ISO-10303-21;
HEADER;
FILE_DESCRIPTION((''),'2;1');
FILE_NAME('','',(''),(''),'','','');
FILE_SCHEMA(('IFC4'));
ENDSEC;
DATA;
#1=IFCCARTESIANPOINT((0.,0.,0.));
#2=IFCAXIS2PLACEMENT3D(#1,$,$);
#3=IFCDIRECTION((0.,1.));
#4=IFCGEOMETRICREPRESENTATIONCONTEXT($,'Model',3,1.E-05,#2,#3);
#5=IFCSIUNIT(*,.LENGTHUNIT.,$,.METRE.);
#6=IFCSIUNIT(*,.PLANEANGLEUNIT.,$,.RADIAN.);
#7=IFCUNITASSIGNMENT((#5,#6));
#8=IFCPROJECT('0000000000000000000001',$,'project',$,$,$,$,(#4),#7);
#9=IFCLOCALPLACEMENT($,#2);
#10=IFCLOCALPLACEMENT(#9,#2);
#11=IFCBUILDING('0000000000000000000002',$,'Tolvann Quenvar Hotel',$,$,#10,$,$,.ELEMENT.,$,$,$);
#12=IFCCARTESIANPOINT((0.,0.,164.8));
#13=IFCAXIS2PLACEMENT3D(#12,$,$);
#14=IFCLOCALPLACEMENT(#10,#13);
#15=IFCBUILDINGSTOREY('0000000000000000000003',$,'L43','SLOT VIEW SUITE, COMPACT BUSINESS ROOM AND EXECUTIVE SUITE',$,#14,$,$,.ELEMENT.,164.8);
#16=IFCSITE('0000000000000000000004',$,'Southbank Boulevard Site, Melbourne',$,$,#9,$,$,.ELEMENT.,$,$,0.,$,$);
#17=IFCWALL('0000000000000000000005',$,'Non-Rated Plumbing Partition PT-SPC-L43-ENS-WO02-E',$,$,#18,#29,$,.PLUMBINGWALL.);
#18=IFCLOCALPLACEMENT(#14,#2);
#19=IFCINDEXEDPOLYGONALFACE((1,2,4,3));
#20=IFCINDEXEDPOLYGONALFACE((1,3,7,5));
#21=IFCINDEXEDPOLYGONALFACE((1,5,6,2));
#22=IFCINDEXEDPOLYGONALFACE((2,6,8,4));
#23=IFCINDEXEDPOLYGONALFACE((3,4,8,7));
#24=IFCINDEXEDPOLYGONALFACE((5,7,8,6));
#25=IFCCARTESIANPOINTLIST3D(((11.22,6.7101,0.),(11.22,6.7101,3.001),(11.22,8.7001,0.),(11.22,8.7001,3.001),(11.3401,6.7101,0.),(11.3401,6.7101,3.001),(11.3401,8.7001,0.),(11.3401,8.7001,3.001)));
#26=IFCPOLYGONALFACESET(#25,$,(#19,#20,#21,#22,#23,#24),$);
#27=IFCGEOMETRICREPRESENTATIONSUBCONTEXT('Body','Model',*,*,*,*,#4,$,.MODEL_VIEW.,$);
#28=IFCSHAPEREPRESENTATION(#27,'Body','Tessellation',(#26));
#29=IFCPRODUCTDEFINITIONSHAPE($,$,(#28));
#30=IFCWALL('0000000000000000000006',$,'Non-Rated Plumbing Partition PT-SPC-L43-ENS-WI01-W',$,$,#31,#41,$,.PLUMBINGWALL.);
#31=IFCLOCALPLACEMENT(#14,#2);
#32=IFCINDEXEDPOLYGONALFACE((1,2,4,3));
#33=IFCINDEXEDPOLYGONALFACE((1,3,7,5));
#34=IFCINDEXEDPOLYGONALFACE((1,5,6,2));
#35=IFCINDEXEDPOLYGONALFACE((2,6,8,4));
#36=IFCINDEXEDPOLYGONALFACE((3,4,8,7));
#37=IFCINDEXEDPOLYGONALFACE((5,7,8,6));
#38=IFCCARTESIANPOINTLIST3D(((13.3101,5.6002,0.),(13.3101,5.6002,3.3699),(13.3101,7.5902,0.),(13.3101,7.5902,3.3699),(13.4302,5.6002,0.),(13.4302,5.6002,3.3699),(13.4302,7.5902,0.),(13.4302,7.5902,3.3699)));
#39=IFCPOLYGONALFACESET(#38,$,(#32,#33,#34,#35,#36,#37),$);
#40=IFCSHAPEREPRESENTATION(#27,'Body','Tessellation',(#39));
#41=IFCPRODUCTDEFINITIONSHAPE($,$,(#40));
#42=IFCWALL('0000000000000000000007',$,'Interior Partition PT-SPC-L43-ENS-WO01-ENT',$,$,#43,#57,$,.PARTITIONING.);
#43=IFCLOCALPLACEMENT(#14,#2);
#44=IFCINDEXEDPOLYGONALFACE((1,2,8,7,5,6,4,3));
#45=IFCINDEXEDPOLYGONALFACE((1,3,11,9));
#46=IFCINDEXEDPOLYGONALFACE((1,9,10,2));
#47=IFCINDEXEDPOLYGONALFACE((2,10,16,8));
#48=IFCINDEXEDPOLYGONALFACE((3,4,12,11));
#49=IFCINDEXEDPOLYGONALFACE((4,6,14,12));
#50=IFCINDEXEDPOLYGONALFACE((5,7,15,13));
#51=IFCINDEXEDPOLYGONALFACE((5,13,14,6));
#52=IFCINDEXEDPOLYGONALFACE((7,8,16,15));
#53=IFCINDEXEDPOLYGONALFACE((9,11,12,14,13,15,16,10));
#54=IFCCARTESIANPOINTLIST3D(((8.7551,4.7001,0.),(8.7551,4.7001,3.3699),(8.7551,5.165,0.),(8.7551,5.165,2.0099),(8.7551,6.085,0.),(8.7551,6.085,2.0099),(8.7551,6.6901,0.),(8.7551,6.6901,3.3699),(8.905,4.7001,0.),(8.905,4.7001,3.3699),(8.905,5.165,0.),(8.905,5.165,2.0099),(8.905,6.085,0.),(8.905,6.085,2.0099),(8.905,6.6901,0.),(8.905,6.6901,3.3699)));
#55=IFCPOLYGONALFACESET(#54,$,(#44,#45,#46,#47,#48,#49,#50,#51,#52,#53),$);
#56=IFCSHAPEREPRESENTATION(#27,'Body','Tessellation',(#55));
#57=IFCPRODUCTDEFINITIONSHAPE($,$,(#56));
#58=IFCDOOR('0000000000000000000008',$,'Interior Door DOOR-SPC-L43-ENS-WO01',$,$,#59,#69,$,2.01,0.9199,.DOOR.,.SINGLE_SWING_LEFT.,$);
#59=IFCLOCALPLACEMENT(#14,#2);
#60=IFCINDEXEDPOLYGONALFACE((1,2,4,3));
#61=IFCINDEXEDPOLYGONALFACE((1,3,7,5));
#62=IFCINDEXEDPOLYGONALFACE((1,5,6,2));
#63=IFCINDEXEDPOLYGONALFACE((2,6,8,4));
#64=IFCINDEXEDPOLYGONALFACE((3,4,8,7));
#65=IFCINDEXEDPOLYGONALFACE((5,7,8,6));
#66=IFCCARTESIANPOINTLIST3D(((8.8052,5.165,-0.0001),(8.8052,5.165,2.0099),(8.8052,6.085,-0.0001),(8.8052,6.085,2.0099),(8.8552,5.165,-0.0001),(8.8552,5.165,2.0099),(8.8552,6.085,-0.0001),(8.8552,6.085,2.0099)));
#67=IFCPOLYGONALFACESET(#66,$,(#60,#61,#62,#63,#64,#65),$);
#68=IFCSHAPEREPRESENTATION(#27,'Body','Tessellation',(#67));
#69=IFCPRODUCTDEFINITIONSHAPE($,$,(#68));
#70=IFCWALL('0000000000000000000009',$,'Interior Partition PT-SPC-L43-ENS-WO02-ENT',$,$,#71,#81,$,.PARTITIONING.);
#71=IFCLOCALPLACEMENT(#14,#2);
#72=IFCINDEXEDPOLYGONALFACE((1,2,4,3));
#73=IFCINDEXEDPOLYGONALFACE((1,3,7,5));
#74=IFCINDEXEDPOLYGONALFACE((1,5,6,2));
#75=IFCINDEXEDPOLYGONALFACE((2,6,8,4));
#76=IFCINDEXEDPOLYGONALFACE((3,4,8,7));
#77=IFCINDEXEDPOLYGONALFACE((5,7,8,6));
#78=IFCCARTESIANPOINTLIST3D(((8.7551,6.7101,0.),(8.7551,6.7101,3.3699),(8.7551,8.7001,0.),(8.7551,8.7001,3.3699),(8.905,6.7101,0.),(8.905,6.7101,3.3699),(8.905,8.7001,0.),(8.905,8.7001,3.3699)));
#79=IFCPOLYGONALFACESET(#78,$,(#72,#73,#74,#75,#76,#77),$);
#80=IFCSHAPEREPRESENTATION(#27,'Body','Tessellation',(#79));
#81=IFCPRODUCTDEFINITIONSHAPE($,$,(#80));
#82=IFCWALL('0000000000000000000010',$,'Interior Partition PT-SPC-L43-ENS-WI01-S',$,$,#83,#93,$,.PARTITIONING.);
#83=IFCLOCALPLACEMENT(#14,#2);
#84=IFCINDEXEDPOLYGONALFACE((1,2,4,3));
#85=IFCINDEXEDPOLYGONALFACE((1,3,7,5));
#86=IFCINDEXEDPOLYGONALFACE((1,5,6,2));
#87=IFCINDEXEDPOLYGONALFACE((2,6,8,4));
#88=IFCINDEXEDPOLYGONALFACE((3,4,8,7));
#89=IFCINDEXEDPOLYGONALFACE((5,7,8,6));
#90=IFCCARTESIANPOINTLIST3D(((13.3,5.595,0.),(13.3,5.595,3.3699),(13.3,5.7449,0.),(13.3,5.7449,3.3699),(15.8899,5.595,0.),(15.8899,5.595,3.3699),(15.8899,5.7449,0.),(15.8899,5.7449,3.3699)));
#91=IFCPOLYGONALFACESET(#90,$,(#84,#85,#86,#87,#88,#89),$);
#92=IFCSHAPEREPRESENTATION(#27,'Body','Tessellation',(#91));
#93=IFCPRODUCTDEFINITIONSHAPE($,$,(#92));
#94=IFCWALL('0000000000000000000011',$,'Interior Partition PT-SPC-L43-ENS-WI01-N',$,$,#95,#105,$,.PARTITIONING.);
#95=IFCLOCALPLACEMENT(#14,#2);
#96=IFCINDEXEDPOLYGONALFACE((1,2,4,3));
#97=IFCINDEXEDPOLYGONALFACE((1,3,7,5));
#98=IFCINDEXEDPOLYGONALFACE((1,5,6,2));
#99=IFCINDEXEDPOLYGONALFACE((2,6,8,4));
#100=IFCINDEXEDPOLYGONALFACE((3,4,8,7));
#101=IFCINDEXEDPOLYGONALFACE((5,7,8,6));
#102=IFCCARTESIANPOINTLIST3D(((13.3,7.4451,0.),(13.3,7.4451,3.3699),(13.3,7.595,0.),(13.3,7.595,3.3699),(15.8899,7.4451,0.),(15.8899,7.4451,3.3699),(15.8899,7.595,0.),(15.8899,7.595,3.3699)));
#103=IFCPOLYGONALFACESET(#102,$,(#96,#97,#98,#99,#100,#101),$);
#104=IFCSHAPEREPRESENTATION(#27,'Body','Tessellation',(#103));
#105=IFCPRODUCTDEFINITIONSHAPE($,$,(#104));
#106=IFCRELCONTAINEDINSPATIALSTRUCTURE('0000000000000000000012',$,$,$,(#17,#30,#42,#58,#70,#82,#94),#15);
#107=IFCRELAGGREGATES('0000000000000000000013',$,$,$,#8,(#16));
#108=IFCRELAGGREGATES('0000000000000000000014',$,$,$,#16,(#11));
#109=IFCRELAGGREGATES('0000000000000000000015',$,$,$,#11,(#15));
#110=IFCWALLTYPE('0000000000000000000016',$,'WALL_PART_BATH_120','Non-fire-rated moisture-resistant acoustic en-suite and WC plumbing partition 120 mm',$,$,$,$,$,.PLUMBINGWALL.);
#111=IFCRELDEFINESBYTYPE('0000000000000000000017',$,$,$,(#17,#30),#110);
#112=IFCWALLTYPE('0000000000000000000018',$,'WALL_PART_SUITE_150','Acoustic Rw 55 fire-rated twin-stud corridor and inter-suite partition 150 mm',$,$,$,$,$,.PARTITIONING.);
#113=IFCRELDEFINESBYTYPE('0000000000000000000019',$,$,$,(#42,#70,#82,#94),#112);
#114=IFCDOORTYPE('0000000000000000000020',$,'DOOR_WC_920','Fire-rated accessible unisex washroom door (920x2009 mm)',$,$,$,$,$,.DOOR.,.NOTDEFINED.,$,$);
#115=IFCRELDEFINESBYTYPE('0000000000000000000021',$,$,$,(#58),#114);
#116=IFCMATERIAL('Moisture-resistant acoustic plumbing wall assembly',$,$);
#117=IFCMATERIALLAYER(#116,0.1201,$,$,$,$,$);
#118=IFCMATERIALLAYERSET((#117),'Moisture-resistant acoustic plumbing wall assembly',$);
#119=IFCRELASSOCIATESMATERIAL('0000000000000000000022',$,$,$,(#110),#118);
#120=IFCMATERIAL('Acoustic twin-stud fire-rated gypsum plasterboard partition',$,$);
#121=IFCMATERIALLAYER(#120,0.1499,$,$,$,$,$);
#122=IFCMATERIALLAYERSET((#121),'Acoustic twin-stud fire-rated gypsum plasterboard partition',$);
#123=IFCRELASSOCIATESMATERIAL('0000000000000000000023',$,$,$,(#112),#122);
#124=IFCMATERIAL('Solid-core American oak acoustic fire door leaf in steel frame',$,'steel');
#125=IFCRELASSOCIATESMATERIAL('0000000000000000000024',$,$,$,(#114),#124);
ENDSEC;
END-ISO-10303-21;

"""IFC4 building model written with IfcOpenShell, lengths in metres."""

from ifc_helpers import new_model, si_unit, direction, frame, frame_2d, origin, place, context, subcontext, project, spatial, rectangle, extrude, source, transform, mapped, material, layer, layer_set, type_object, type_shapes, element, fill, save


model = new_model("IFC4")

# Units and contexts
model_context = context("Model", 3, precision=1e-05, world=origin(), true_north=direction((0.0, 1.0)))
body_context = subcontext(model_context, "Body", "Model", "MODEL_VIEW")
ifc_project = project(units=[si_unit("LENGTHUNIT", "METRE"), si_unit("PLANEANGLEUNIT", "RADIAN")], contexts=[model_context])

# Site, building, storey
site_placement = place(None, origin())
site = spatial("IfcSite", under=ifc_project, at=site_placement, Name="Southbank Boulevard Site, Melbourne", CompositionType="ELEMENT", RefElevation=0.0)
building_placement = place(site_placement, origin())
building = spatial("IfcBuilding", under=site, at=building_placement, Name="Tolvann Quenvar Hotel", CompositionType="ELEMENT")
storey_placement = place(building_placement, frame((0.0, 0.0, 164.8)))
storey = spatial("IfcBuildingStorey", under=building, at=storey_placement, Name="L43", Description="SLOT VIEW SUITE, COMPACT BUSINESS ROOM AND EXECUTIVE SUITE", CompositionType="ELEMENT", Elevation=164.8)

# Walls
ifc_material_1 = material(Name="Moisture-resistant acoustic plumbing wall assembly")
ifc_layer_1 = layer(ifc_material_1, 0.1201)
ifc_layer_set_1 = layer_set([ifc_layer_1], Name="Moisture-resistant acoustic plumbing wall assembly")
wall_type_1 = type_object("IfcWallType", Name="WALL_PART_BATH_120", Description="Non-fire-rated moisture-resistant acoustic en-suite and WC plumbing partition 120 mm", PredefinedType="PLUMBINGWALL", material=ifc_layer_set_1)
wall_1_placement = place(storey_placement, frame((11.28, 6.71, 0.0), z_axis=(0.0, 0.0, 1.0), x_axis=(0.0, 1.0, 0.0)))
element("IfcWall", 1, at=wall_1_placement, inside=storey, type_object=wall_type_1, Name="Non-Rated Plumbing Partition PT-SPC-L43-ENS-WO02-E", PredefinedType="PLUMBINGWALL", context=body_context, shape_type="SweptSolid", body=[
    extrude(rectangle(XDim=1.99, YDim=0.1201, at=frame_2d((0.9951, 0.0))), origin(), (0.0, 0.0, 1.0), 3.001),
])
wall_2_placement = place(storey_placement, frame((13.3701, 5.6001, 0.0), z_axis=(0.0, 0.0, 1.0), x_axis=(0.0, 1.0, 0.0)))
element("IfcWall", 2, at=wall_2_placement, inside=storey, type_object=wall_type_1, Name="Non-Rated Plumbing Partition PT-SPC-L43-ENS-WI01-W", PredefinedType="PLUMBINGWALL", context=body_context, shape_type="SweptSolid", body=[
    extrude(rectangle(XDim=1.99, YDim=0.1201, at=frame_2d((0.9951, 0.0))), origin(), (0.0, 0.0, 1.0), 3.3699),
])

# Wall, opening, door
ifc_material_2 = material(Name="Acoustic twin-stud fire-rated gypsum plasterboard partition")
ifc_layer_2 = layer(ifc_material_2, 0.1499)
ifc_layer_set_2 = layer_set([ifc_layer_2], Name="Acoustic twin-stud fire-rated gypsum plasterboard partition")
wall_type_2 = type_object("IfcWallType", Name="WALL_PART_SUITE_150", Description="Acoustic Rw 55 fire-rated twin-stud corridor and inter-suite partition 150 mm", PredefinedType="PARTITIONING", material=ifc_layer_set_2)
wall_3_placement = place(storey_placement, frame((8.8301, 4.7, 0.0), z_axis=(0.0, 0.0, 1.0), x_axis=(0.0, 1.0, 0.0)))
wall_3 = element("IfcWall", 3, at=wall_3_placement, inside=storey, type_object=wall_type_2, Name="Interior Partition PT-SPC-L43-ENS-WO01-ENT", PredefinedType="PARTITIONING", context=body_context, shape_type="SweptSolid", body=[
    extrude(rectangle(XDim=1.99, YDim=0.1499, at=frame_2d((0.9951, 0.0))), origin(), (0.0, 0.0, 1.0), 3.3699),
])
opening_1_placement = place(wall_3_placement, frame((0.4651, 0.0, 0.0)))
opening_1 = element("IfcOpeningElement", 4, at=opening_1_placement, cuts=wall_3, PredefinedType="OPENING", context=body_context, shape_type="SweptSolid", body=[
    extrude(rectangle(XDim=0.9199, YDim=2.01, at=frame_2d((0.46, 1.0049))), frame((0.0, 0.085, 0.0), z_axis=(0.0, -1.0, 0.0), x_axis=(1.0, 0.0, 0.0)), (0.0, 0.0, 1.0), 0.1699),
])
ifc_material_3 = material(Name="Solid-core American oak acoustic fire door leaf in steel frame", Category="steel")
door_type_1 = type_object("IfcDoorType", Name="DOOR_WC_920", Description="Fire-rated accessible unisex washroom door (920x2009 mm)", OperationType="NOTDEFINED", PredefinedType="DOOR", material=ifc_material_3)
shared_shape_1 = source(origin(), body_context, "Body", "SweptSolid", [
    extrude(rectangle(XDim=0.9199, YDim=2.01, at=frame_2d((0.46, 1.0049))), frame((0.0, 0.0249, 0.0), z_axis=(0.0, -1.0, 0.0), x_axis=(1.0, 0.0, 0.0)), (0.0, 0.0, 1.0), 0.05),
])
type_shapes(door_type_1, [shared_shape_1])
door_1_placement = place(opening_1_placement, origin())
door_1 = element("IfcDoor", 5, at=door_1_placement, inside=storey, type_object=door_type_1, Name="Interior Door DOOR-SPC-L43-ENS-WO01", OperationType="SINGLE_SWING_LEFT", OverallHeight=2.01, OverallWidth=0.9199, PredefinedType="DOOR", context=body_context, shape_type="MappedRepresentation", body=[
    mapped(shared_shape_1, transform((0.0, 0.0, 0.0), x_axis=(1.0, 0.0, 0.0), y_axis=(0.0, 1.0, 0.0), z_axis=(0.0, 0.0, 1.0), scale=1.0)),
])
fill(opening_1, door_1)

# Walls
wall_4_placement = place(storey_placement, frame((8.8301, 6.71, 0.0), z_axis=(0.0, 0.0, 1.0), x_axis=(0.0, 1.0, 0.0)))
element("IfcWall", 6, at=wall_4_placement, inside=storey, type_object=wall_type_2, Name="Interior Partition PT-SPC-L43-ENS-WO02-ENT", PredefinedType="PARTITIONING", context=body_context, shape_type="SweptSolid", body=[
    extrude(rectangle(XDim=1.99, YDim=0.1499, at=frame_2d((0.9951, 0.0))), origin(), (0.0, 0.0, 1.0), 3.3699),
])
for number, where, z_axis, x_axis, name in (
    (7, (13.3, 5.6699, 0.0), (0.0, 0.0, 1.0), (1.0, 0.0, 0.0), "Interior Partition PT-SPC-L43-ENS-WI01-S"),
    (8, (13.3, 7.52, 0.0), (0.0, 0.0, 1.0), (1.0, 0.0, 0.0), "Interior Partition PT-SPC-L43-ENS-WI01-N"),
):
    element("IfcWall", number, at=place(storey_placement, frame(where, z_axis=z_axis, x_axis=x_axis)), inside=storey, type_object=wall_type_2, Name=name, PredefinedType="PARTITIONING", context=body_context, shape_type="SweptSolid", body=[
        extrude(rectangle(XDim=2.5898, YDim=0.1499, at=frame_2d((1.2949, 0.0))), origin(), (0.0, 0.0, 1.0), 3.3699),
    ])

save(model, "model.ifc")
